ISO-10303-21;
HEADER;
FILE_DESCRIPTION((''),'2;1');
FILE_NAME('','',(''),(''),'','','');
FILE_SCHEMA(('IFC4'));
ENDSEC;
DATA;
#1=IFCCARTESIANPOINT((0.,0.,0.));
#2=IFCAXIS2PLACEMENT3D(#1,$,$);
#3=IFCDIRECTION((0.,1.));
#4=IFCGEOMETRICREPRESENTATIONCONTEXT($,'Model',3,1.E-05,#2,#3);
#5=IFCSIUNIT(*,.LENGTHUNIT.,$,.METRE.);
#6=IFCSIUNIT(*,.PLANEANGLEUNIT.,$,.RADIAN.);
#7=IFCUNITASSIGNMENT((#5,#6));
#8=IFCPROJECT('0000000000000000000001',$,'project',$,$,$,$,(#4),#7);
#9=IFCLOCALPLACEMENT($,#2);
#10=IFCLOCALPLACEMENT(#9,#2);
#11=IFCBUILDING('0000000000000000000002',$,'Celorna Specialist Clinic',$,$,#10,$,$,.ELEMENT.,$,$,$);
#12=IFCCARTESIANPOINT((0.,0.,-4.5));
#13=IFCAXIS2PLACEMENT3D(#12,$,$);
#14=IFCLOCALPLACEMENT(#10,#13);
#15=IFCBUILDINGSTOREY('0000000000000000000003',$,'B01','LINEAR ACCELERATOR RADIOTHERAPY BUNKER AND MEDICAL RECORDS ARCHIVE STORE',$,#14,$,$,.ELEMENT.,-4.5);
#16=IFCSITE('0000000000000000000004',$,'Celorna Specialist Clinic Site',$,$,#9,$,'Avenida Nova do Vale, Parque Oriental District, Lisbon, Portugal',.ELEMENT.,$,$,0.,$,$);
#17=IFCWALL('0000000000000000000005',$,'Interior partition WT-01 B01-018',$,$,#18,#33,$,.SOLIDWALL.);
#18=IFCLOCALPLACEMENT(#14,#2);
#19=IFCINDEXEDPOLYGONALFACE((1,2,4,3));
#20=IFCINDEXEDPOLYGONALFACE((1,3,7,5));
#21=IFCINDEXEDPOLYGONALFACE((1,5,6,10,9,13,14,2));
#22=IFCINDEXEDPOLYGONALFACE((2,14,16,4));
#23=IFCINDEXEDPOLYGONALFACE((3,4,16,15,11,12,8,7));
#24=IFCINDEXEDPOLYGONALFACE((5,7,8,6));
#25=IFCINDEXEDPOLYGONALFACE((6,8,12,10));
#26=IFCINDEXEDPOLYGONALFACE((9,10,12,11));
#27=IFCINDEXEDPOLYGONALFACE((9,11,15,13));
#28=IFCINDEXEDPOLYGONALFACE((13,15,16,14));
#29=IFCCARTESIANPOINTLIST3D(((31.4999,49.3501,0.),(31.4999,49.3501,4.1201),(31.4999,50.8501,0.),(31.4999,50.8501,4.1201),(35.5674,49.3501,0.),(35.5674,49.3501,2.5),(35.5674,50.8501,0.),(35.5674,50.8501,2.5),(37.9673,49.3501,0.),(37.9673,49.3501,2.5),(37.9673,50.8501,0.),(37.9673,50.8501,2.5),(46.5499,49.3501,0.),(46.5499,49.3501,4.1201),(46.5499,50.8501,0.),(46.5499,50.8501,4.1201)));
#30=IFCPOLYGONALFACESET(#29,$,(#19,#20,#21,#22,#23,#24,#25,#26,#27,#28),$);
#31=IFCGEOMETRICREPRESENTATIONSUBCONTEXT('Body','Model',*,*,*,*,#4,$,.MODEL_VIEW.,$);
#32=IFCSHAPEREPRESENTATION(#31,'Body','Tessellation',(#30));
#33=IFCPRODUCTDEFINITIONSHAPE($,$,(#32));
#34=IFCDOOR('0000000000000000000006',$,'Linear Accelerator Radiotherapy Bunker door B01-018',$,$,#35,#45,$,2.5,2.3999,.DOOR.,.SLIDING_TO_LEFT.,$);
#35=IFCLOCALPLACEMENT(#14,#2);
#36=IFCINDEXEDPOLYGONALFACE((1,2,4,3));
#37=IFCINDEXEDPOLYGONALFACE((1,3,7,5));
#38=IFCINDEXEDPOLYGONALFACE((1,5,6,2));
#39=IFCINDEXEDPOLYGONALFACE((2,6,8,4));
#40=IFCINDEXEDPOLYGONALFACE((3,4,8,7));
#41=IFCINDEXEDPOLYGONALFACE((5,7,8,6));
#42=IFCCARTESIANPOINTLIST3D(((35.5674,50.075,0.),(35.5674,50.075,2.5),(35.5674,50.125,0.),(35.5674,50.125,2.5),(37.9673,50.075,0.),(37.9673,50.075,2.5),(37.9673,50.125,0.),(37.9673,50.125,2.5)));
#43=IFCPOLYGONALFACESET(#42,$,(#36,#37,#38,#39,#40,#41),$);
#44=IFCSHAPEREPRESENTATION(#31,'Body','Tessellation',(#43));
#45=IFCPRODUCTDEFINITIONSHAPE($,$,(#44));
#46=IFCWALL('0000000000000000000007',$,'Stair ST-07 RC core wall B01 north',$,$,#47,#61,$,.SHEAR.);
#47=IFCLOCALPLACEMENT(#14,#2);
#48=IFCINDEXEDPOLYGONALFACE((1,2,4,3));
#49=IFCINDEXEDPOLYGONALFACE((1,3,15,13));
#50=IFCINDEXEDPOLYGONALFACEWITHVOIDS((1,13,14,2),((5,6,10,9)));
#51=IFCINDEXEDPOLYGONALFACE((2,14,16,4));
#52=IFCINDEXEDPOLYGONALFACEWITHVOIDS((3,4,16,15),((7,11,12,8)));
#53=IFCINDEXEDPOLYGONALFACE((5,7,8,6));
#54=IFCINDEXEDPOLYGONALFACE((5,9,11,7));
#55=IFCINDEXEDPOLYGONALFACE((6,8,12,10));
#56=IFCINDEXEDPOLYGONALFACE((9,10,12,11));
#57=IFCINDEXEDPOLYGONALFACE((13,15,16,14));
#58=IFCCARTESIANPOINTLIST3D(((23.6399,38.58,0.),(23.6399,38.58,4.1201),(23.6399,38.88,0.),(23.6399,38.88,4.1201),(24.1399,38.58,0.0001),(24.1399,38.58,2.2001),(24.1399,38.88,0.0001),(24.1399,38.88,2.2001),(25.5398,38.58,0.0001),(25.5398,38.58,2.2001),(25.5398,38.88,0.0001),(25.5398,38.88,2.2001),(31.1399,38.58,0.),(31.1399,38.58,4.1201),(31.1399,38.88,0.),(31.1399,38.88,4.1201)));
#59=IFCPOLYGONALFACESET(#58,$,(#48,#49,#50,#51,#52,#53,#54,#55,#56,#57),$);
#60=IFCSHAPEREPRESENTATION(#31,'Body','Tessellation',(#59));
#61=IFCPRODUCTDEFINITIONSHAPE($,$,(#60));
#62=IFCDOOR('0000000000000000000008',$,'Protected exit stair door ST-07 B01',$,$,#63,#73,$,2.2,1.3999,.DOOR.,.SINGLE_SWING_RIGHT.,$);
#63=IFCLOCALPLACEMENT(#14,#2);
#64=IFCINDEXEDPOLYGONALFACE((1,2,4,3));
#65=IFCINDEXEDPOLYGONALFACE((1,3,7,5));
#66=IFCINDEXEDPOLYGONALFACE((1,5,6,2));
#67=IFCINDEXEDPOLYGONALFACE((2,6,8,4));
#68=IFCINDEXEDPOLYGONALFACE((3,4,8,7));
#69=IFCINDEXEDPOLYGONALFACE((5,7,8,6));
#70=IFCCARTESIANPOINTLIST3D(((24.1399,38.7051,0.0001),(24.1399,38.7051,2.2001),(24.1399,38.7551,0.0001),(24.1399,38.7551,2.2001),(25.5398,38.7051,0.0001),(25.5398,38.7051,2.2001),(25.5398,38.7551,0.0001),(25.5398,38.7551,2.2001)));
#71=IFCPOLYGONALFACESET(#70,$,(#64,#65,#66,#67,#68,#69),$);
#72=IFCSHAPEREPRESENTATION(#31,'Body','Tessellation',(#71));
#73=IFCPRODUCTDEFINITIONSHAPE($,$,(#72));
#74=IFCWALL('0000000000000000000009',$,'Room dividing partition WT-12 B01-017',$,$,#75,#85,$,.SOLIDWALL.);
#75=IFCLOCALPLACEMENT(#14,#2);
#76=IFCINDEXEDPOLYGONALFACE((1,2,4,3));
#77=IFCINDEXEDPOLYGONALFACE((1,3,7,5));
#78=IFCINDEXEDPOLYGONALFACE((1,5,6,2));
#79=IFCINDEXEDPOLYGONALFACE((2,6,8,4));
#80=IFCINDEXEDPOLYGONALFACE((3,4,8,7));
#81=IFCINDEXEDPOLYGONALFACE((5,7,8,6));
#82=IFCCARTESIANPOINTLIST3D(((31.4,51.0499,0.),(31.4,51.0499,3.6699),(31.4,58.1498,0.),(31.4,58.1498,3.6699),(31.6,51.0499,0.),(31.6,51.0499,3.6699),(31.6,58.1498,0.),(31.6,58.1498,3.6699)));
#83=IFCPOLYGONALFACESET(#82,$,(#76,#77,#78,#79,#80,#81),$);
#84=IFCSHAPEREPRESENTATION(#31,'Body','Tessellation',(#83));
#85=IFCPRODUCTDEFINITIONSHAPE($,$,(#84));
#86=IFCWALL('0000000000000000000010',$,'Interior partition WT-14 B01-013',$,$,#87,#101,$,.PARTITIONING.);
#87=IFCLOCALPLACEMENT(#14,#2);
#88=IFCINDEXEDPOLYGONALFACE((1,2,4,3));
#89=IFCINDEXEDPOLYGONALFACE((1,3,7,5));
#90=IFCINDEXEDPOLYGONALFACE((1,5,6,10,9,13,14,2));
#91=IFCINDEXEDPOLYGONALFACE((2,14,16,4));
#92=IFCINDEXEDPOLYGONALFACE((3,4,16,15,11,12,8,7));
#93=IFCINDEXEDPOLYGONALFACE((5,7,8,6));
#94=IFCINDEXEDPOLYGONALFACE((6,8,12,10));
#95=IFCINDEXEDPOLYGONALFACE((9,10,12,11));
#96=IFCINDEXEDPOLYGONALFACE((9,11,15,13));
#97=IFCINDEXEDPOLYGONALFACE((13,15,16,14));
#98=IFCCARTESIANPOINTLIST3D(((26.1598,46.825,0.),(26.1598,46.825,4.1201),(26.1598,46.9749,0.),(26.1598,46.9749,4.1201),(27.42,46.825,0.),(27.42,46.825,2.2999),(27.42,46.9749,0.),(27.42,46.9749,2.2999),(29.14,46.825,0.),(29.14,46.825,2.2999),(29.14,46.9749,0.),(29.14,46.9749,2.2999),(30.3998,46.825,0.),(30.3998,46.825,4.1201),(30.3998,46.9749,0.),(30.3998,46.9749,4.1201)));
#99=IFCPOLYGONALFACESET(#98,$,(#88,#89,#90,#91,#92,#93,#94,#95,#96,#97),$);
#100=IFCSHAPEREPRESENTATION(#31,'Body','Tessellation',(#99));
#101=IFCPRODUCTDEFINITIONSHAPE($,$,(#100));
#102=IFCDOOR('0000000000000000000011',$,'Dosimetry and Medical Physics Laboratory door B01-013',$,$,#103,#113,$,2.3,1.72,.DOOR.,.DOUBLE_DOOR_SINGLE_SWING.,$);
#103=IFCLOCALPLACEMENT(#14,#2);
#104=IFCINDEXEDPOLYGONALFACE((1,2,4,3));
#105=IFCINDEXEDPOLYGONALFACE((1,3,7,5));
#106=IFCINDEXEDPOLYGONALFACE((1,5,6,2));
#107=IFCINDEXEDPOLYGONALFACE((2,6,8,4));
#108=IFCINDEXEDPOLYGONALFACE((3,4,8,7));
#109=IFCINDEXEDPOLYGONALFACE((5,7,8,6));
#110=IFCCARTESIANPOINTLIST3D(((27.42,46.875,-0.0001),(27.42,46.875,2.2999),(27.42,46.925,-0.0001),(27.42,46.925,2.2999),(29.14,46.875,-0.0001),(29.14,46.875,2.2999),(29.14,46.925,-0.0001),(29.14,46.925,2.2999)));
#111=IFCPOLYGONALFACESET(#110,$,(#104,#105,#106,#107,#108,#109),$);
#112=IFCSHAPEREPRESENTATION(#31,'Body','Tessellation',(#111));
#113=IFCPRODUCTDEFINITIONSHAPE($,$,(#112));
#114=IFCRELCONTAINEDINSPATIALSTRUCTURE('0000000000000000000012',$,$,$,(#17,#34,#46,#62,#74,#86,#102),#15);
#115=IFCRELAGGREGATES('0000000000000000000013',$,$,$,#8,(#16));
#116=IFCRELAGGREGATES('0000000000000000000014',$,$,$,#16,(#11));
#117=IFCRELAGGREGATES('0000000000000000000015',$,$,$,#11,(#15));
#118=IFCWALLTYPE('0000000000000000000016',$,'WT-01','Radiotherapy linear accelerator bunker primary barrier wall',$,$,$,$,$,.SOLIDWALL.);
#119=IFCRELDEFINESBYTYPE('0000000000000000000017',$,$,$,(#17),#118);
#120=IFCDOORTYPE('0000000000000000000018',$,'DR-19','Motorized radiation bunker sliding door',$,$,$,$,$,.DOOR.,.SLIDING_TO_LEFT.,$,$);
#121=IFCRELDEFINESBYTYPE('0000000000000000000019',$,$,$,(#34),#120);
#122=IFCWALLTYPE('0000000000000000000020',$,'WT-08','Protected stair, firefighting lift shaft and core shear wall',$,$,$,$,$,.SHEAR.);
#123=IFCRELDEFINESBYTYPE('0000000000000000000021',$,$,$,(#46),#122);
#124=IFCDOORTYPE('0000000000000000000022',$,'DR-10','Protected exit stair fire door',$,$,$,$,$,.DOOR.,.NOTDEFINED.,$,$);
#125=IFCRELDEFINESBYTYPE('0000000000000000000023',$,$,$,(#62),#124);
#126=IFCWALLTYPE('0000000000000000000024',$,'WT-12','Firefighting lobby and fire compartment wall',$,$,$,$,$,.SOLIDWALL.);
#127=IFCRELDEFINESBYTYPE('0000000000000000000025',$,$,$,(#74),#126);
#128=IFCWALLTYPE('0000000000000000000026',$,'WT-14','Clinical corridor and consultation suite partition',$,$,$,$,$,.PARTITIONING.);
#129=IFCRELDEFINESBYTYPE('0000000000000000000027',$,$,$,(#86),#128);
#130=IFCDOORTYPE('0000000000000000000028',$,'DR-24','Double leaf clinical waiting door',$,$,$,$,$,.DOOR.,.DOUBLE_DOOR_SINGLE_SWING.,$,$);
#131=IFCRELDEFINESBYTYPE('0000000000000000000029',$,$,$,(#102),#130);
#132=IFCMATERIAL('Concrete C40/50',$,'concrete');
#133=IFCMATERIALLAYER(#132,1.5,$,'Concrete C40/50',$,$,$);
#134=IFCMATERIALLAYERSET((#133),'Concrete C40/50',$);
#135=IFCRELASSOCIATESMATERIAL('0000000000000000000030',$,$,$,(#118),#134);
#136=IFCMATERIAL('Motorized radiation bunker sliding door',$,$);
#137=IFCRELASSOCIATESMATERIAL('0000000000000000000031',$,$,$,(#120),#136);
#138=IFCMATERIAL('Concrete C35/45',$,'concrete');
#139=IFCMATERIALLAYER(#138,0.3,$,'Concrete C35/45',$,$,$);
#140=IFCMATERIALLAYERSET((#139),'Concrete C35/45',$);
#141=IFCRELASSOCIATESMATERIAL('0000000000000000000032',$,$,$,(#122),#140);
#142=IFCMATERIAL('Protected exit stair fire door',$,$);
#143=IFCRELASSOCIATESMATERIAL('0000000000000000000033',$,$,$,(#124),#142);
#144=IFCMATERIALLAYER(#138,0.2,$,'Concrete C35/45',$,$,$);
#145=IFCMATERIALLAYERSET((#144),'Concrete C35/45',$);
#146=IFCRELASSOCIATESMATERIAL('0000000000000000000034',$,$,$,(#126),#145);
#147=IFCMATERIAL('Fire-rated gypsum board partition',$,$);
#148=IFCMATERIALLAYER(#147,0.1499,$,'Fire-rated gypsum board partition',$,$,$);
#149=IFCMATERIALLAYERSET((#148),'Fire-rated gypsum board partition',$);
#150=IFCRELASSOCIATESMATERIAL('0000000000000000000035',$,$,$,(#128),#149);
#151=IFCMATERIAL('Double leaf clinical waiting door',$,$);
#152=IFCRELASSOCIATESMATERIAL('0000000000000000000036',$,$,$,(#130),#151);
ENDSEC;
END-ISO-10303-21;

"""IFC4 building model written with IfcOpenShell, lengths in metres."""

from ifc_helpers import new_model, si_unit, direction, frame, frame_2d, origin, place, context, subcontext, project, spatial, rectangle, extrude, material, layer, layer_set, type_object, element, fill, save


model = new_model("IFC4")

# Units and contexts
model_context = context("Model", 3, precision=1e-05, world=origin(), true_north=direction((0.0, 1.0)))
body_context = subcontext(model_context, "Body", "Model", "MODEL_VIEW")
ifc_project = project(units=[si_unit("LENGTHUNIT", "METRE"), si_unit("PLANEANGLEUNIT", "RADIAN")], contexts=[model_context])

# Site, building, storey
site_placement = place(None, origin())
site = spatial("IfcSite", under=ifc_project, at=site_placement, Name="Celorna Specialist Clinic Site", LongName="Avenida Nova do Vale, Parque Oriental District, Lisbon, Portugal", CompositionType="ELEMENT", RefElevation=0.0)
building_placement = place(site_placement, origin())
building = spatial("IfcBuilding", under=site, at=building_placement, Name="Celorna Specialist Clinic", CompositionType="ELEMENT")
storey_placement = place(building_placement, frame((0.0, 0.0, -4.5)))
storey = spatial("IfcBuildingStorey", under=building, at=storey_placement, Name="B01", Description="LINEAR ACCELERATOR RADIOTHERAPY BUNKER AND MEDICAL RECORDS ARCHIVE STORE", CompositionType="ELEMENT", Elevation=-4.5)

# Shared definitions
ifc_material_1 = material(Name="Concrete C35/45", Category="concrete")

# Shared definitions
ifc_material_2 = material(Name="Concrete C40/50", Category="concrete")

# Walls, openings, doors
ifc_layer_1 = layer(ifc_material_2, 1.5, Name="Concrete C40/50")
ifc_layer_set_1 = layer_set([ifc_layer_1], Name="Concrete C40/50")
wall_type_1 = type_object("IfcWallType", Name="WT-01", Description="Radiotherapy linear accelerator bunker primary barrier wall", PredefinedType="SOLIDWALL", material=ifc_layer_set_1)
wall_1_placement = place(storey_placement, frame((31.5, 50.1001, 0.0), z_axis=(0.0, 0.0, 1.0), x_axis=(1.0, 0.0, 0.0)))
wall_1 = element("IfcWall", 1, at=wall_1_placement, inside=storey, type_object=wall_type_1, Name="Interior partition WT-01 B01-018", PredefinedType="SOLIDWALL", context=body_context, shape_type="SweptSolid", body=[
    extrude(rectangle(XDim=15.05, YDim=1.5, at=frame_2d((7.5249, 0.0))), origin(), (0.0, 0.0, 1.0), 4.1201),
])
opening_1_placement = place(wall_1_placement, frame((4.0674, 0.0, 0.0)))
opening_1 = element("IfcOpeningElement", 2, at=opening_1_placement, cuts=wall_1, PredefinedType="OPENING", context=body_context, shape_type="SweptSolid", body=[
    extrude(rectangle(XDim=2.3999, YDim=2.5, at=frame_2d((1.2, 1.25))), frame((0.0, 0.76, 0.0), z_axis=(0.0, -1.0, 0.0), x_axis=(1.0, 0.0, 0.0)), (0.0, 0.0, 1.0), 1.52),
])
ifc_material_3 = material(Name="Motorized radiation bunker sliding door")
door_type_1 = type_object("IfcDoorType", Name="DR-19", Description="Motorized radiation bunker sliding door", OperationType="SLIDING_TO_LEFT", PredefinedType="DOOR", material=ifc_material_3)
door_1_placement = place(opening_1_placement, origin())
door_1 = element("IfcDoor", 3, at=door_1_placement, inside=storey, type_object=door_type_1, Name="Linear Accelerator Radiotherapy Bunker door B01-018", OperationType="SLIDING_TO_LEFT", OverallHeight=2.5, OverallWidth=2.3999, PredefinedType="DOOR", context=body_context, shape_type="SweptSolid", body=[
    extrude(rectangle(XDim=2.3999, YDim=2.5, at=frame_2d((1.2, 1.25))), frame((0.0, 0.0249, 0.0), z_axis=(0.0, -1.0, 0.0), x_axis=(1.0, 0.0, 0.0)), (0.0, 0.0, 1.0), 0.05),
])
fill(opening_1, door_1)
ifc_layer_2 = layer(ifc_material_1, 0.3, Name="Concrete C35/45")
ifc_layer_set_2 = layer_set([ifc_layer_2], Name="Concrete C35/45")
wall_type_2 = type_object("IfcWallType", Name="WT-08", Description="Protected stair, firefighting lift shaft and core shear wall", PredefinedType="SHEAR", material=ifc_layer_set_2)
wall_2_placement = place(storey_placement, frame((31.1399, 38.73, 0.0), z_axis=(0.0, 0.0, 1.0), x_axis=(-1.0, 0.0, 0.0)))
wall_2 = element("IfcWall", 4, at=wall_2_placement, inside=storey, type_object=wall_type_2, Name="Stair ST-07 RC core wall B01 north", PredefinedType="SHEAR", context=body_context, shape_type="SweptSolid", body=[
    extrude(rectangle(XDim=7.5, YDim=0.3, at=frame_2d((3.75, 0.0))), origin(), (0.0, 0.0, 1.0), 4.1201),
])
opening_2_placement = place(wall_2_placement, frame((5.6001, 0.0, 0.0)))
opening_2 = element("IfcOpeningElement", 5, at=opening_2_placement, cuts=wall_2, PredefinedType="OPENING", context=body_context, shape_type="SweptSolid", body=[
    extrude(rectangle(XDim=1.3999, YDim=2.2, at=frame_2d((0.7, 1.1001))), frame((0.0, 0.1599, 0.0), z_axis=(0.0, -1.0, 0.0), x_axis=(1.0, 0.0, 0.0)), (0.0, 0.0, 1.0), 0.3201),
])
ifc_material_4 = material(Name="Protected exit stair fire door")
door_type_2 = type_object("IfcDoorType", Name="DR-10", Description="Protected exit stair fire door", OperationType="NOTDEFINED", PredefinedType="DOOR", material=ifc_material_4)
door_2_placement = place(opening_2_placement, origin())
door_2 = element("IfcDoor", 6, at=door_2_placement, inside=storey, type_object=door_type_2, Name="Protected exit stair door ST-07 B01", OperationType="SINGLE_SWING_RIGHT", OverallHeight=2.2, OverallWidth=1.3999, PredefinedType="DOOR", context=body_context, shape_type="SweptSolid", body=[
    extrude(rectangle(XDim=1.3999, YDim=2.2, at=frame_2d((0.7, 1.1001))), frame((0.0, 0.0249, 0.0), z_axis=(0.0, -1.0, 0.0), x_axis=(1.0, 0.0, 0.0)), (0.0, 0.0, 1.0), 0.05),
])
fill(opening_2, door_2)

# Wall
ifc_layer_3 = layer(ifc_material_1, 0.2, Name="Concrete C35/45")
ifc_layer_set_3 = layer_set([ifc_layer_3], Name="Concrete C35/45")
wall_type_3 = type_object("IfcWallType", Name="WT-12", Description="Firefighting lobby and fire compartment wall", PredefinedType="SOLIDWALL", material=ifc_layer_set_3)
wall_3_placement = place(storey_placement, frame((31.5, 51.05, 0.0), z_axis=(0.0, 0.0, 1.0), x_axis=(0.0, 1.0, 0.0)))
element("IfcWall", 7, at=wall_3_placement, inside=storey, type_object=wall_type_3, Name="Room dividing partition WT-12 B01-017", PredefinedType="SOLIDWALL", context=body_context, shape_type="SweptSolid", body=[
    extrude(rectangle(XDim=7.0999, YDim=0.2, at=frame_2d((3.5498, 0.0))), origin(), (0.0, 0.0, 1.0), 3.6699),
])

# Wall, opening, door
ifc_material_5 = material(Name="Fire-rated gypsum board partition")
ifc_layer_4 = layer(ifc_material_5, 0.1499, Name="Fire-rated gypsum board partition")
ifc_layer_set_4 = layer_set([ifc_layer_4], Name="Fire-rated gypsum board partition")
wall_type_4 = type_object("IfcWallType", Name="WT-14", Description="Clinical corridor and consultation suite partition", PredefinedType="PARTITIONING", material=ifc_layer_set_4)
wall_4_placement = place(storey_placement, frame((30.3999, 46.8999, 0.0), z_axis=(0.0, 0.0, 1.0), x_axis=(-1.0, 0.0, 0.0)))
wall_4 = element("IfcWall", 8, at=wall_4_placement, inside=storey, type_object=wall_type_4, Name="Interior partition WT-14 B01-013", PredefinedType="PARTITIONING", context=body_context, shape_type="SweptSolid", body=[
    extrude(rectangle(XDim=4.24, YDim=0.1499, at=frame_2d((2.1201, 0.0))), origin(), (0.0, 0.0, 1.0), 4.1201),
])
opening_3_placement = place(wall_4_placement, frame((1.26, 0.0, 0.0)))
opening_3 = element("IfcOpeningElement", 9, at=opening_3_placement, cuts=wall_4, PredefinedType="OPENING", context=body_context, shape_type="SweptSolid", body=[
    extrude(rectangle(XDim=1.72, YDim=2.3, at=frame_2d((0.8599, 1.1499))), frame((0.0, 0.085, 0.0), z_axis=(0.0, -1.0, 0.0), x_axis=(1.0, 0.0, 0.0)), (0.0, 0.0, 1.0), 0.1699),
])
ifc_material_6 = material(Name="Double leaf clinical waiting door")
door_type_3 = type_object("IfcDoorType", Name="DR-24", Description="Double leaf clinical waiting door", OperationType="DOUBLE_DOOR_SINGLE_SWING", PredefinedType="DOOR", material=ifc_material_6)
door_3_placement = place(opening_3_placement, origin())
door_3 = element("IfcDoor", 10, at=door_3_placement, inside=storey, type_object=door_type_3, Name="Dosimetry and Medical Physics Laboratory door B01-013", OperationType="DOUBLE_DOOR_SINGLE_SWING", OverallHeight=2.3, OverallWidth=1.72, PredefinedType="DOOR", context=body_context, shape_type="SweptSolid", body=[
    extrude(rectangle(XDim=1.72, YDim=2.3, at=frame_2d((0.8599, 1.1499))), frame((0.0, 0.0249, 0.0), z_axis=(0.0, -1.0, 0.0), x_axis=(1.0, 0.0, 0.0)), (0.0, 0.0, 1.0), 0.05),
])
fill(opening_3, door_3)

save(model, "model.ifc")
